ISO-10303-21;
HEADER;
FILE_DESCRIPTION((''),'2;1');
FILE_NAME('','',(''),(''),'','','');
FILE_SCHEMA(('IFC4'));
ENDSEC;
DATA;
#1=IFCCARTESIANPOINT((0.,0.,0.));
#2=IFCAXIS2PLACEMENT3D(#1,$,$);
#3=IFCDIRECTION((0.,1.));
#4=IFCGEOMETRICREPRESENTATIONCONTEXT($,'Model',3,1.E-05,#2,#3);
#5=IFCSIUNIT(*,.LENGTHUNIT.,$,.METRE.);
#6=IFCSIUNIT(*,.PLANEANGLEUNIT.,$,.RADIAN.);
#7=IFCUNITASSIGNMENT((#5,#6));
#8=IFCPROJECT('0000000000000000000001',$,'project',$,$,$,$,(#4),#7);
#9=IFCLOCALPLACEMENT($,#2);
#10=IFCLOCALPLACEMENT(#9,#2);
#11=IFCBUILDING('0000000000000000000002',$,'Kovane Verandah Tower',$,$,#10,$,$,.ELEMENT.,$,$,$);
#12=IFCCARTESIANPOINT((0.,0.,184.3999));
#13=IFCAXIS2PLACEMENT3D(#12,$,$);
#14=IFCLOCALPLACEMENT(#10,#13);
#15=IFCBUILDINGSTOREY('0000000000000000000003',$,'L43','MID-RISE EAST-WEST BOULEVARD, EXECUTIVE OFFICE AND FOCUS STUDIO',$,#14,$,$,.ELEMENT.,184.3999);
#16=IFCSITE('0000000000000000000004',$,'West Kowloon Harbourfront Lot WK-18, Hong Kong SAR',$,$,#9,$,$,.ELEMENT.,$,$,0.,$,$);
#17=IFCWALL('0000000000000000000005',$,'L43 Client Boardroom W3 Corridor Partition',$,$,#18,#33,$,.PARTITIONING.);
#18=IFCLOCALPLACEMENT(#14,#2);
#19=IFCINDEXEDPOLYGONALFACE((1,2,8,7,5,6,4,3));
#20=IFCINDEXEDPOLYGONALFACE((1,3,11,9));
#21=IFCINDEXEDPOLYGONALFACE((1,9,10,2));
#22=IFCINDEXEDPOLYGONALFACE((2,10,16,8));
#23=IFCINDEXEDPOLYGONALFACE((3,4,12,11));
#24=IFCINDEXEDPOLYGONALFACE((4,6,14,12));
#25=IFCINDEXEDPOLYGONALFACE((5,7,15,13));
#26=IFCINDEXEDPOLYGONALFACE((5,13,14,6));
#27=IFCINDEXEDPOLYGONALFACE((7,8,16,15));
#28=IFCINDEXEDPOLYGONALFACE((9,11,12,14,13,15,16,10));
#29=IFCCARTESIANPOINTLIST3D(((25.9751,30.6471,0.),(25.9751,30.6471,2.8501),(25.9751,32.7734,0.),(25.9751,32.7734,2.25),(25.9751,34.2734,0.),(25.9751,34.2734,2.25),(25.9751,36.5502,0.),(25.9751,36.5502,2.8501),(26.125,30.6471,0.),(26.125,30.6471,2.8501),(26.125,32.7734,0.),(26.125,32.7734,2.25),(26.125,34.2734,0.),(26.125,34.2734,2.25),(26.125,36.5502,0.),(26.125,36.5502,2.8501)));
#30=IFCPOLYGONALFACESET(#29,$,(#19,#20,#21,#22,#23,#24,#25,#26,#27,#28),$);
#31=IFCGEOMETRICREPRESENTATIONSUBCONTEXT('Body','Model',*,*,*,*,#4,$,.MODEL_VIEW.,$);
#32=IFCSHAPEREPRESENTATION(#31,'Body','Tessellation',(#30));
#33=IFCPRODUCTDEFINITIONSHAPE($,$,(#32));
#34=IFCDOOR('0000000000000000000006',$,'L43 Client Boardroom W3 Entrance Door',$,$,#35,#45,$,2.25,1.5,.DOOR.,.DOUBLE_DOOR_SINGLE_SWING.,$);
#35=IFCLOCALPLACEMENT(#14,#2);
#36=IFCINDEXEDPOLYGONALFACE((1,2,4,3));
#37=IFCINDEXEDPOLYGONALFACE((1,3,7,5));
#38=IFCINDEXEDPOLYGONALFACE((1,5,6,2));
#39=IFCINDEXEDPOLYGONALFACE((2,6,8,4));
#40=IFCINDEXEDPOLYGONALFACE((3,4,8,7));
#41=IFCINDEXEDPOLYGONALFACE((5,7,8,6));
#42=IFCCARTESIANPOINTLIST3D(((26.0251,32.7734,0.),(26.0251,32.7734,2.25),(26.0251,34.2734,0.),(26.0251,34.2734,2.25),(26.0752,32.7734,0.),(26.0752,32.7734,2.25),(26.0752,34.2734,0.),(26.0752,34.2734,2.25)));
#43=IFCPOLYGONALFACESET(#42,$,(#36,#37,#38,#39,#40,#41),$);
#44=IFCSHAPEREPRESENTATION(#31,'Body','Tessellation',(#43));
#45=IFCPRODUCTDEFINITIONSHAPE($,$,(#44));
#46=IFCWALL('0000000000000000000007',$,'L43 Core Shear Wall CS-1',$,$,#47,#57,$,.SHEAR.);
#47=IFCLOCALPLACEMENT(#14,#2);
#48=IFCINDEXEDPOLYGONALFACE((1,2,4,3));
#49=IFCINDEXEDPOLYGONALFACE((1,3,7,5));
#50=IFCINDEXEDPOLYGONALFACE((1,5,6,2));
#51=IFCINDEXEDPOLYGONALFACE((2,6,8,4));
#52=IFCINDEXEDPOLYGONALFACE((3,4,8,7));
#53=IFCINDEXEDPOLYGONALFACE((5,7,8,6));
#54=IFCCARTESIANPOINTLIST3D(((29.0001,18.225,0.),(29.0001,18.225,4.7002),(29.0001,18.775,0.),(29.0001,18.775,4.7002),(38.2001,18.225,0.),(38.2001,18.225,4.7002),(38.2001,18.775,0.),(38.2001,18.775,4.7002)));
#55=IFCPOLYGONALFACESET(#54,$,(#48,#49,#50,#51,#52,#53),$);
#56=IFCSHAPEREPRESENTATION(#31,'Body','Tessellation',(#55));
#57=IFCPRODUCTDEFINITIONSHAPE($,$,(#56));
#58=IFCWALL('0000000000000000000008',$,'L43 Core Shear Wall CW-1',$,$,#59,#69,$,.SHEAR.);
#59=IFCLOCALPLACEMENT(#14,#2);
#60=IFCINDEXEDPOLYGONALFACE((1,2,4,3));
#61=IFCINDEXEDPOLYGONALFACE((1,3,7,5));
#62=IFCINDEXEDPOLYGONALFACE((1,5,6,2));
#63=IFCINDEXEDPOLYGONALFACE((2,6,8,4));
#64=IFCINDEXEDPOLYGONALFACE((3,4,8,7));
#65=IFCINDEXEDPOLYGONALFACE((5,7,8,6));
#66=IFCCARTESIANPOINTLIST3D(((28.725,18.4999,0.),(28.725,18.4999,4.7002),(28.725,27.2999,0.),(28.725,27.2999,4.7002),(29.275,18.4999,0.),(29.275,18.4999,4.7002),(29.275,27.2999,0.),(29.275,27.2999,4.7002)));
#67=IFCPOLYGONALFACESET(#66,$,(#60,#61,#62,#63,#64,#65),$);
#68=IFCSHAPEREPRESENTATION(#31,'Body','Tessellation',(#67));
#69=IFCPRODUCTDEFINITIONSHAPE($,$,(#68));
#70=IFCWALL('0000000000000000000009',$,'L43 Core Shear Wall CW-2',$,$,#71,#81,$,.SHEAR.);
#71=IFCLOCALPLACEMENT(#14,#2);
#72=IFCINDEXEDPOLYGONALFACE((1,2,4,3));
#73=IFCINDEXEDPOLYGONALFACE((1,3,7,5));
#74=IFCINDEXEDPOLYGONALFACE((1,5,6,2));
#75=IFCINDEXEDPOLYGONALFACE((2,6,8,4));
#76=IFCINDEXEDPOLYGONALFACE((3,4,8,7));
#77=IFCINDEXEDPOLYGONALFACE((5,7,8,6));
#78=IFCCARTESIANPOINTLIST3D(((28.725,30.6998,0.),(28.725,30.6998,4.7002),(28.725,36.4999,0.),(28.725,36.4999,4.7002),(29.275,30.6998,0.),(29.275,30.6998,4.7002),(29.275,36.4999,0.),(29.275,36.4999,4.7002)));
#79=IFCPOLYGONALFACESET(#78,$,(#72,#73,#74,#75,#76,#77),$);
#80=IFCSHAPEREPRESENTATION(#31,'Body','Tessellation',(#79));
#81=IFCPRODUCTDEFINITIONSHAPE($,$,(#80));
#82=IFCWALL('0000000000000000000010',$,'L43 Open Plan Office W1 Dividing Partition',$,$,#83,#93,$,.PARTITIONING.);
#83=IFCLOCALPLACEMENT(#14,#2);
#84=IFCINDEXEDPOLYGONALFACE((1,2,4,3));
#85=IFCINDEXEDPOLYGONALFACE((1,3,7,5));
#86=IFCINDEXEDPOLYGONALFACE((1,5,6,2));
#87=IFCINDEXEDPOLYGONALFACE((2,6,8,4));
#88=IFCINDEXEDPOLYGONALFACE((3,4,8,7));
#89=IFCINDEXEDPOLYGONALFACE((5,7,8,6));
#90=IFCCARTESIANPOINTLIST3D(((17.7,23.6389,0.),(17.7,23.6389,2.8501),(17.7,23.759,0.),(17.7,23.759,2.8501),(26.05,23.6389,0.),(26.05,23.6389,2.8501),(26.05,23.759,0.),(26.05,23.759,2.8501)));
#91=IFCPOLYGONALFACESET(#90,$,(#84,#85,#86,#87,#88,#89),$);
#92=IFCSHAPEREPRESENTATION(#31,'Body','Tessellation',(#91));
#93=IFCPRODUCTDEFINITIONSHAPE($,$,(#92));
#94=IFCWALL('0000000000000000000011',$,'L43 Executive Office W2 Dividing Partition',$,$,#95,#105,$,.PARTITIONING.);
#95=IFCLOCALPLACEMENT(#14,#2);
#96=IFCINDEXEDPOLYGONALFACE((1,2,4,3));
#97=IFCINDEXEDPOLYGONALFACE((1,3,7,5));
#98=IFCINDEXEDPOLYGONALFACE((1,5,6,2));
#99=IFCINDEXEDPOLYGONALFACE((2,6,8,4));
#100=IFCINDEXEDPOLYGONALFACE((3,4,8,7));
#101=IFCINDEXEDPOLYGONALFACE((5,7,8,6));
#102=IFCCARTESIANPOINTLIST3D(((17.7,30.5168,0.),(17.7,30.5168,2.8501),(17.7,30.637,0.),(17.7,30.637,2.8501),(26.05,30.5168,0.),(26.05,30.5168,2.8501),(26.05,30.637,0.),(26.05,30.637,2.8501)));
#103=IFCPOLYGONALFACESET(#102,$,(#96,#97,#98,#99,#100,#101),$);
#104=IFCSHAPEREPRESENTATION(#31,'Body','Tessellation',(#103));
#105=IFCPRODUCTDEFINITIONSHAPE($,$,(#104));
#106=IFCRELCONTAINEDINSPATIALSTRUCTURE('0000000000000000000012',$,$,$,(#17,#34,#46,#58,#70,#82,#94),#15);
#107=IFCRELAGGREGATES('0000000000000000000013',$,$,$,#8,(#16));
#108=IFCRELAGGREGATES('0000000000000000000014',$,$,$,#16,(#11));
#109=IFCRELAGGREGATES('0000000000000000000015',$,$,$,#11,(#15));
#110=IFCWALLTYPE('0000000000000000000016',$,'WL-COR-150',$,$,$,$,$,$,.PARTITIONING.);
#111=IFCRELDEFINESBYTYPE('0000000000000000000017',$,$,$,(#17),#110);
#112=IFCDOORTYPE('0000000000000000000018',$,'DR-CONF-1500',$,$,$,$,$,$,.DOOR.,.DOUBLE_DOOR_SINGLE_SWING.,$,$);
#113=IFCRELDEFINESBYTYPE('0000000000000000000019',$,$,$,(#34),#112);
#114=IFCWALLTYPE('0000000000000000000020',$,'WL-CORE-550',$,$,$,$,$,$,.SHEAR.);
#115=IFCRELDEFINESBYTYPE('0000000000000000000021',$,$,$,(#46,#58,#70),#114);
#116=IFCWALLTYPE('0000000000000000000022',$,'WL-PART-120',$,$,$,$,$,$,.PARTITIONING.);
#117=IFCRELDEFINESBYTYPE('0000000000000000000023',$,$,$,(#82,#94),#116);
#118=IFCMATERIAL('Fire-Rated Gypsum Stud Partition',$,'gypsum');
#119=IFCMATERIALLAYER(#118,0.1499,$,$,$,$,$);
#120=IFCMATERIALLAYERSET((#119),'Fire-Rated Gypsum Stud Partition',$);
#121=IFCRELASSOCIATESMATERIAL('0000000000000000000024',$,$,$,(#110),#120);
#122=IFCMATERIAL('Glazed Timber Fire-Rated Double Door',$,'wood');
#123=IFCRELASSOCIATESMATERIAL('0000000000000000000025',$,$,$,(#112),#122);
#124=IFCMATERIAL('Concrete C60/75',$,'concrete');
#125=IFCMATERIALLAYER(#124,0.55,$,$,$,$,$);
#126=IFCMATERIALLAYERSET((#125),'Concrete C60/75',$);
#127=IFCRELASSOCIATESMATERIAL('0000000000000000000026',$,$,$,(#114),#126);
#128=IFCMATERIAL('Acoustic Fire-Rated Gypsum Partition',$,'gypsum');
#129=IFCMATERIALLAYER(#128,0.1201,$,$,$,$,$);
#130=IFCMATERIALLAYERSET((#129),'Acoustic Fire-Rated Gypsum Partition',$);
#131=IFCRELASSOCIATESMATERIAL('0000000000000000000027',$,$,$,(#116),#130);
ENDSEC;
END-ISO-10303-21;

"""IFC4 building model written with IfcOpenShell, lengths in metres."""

from ifc_helpers import new_model, si_unit, direction, frame, frame_2d, origin, place, context, subcontext, project, spatial, rectangle, extrude, material, layer, layer_set, type_object, element, fill, save


model = new_model("IFC4")

# Units and contexts
model_context = context("Model", 3, precision=1e-05, world=origin(), true_north=direction((0.0, 1.0)))
body_context = subcontext(model_context, "Body", "Model", "MODEL_VIEW")
ifc_project = project(units=[si_unit("LENGTHUNIT", "METRE"), si_unit("PLANEANGLEUNIT", "RADIAN")], contexts=[model_context])

# Site, building, storey
site_placement = place(None, origin())
site = spatial("IfcSite", under=ifc_project, at=site_placement, Name="West Kowloon Harbourfront Lot WK-18, Hong Kong SAR", CompositionType="ELEMENT", RefElevation=0.0)
building_placement = place(site_placement, origin())
building = spatial("IfcBuilding", under=site, at=building_placement, Name="Kovane Verandah Tower", CompositionType="ELEMENT")
storey_placement = place(building_placement, frame((0.0, 0.0, 184.3999)))
storey = spatial("IfcBuildingStorey", under=building, at=storey_placement, Name="L43", Description="MID-RISE EAST-WEST BOULEVARD, EXECUTIVE OFFICE AND FOCUS STUDIO", CompositionType="ELEMENT", Elevation=184.3999)

# Shared definitions
ifc_material_1 = material(Name="Concrete C60/75", Category="concrete")

# Wall, opening, door
ifc_material_2 = material(Name="Fire-Rated Gypsum Stud Partition", Category="gypsum")
ifc_layer_1 = layer(ifc_material_2, 0.1499)
ifc_layer_set_1 = layer_set([ifc_layer_1], Name="Fire-Rated Gypsum Stud Partition")
wall_type_1 = type_object("IfcWallType", Name="WL-COR-150", PredefinedType="PARTITIONING", material=ifc_layer_set_1)
wall_1_placement = place(storey_placement, frame((26.05, 30.647, 0.0), z_axis=(0.0, 0.0, 1.0), x_axis=(0.0, 1.0, 0.0)))
wall_1 = element("IfcWall", 1, at=wall_1_placement, inside=storey, type_object=wall_type_1, Name="L43 Client Boardroom W3 Corridor Partition", PredefinedType="PARTITIONING", context=body_context, shape_type="SweptSolid", body=[
    extrude(rectangle(XDim=5.9031, YDim=0.1499, at=frame_2d((2.9517, 0.0))), origin(), (0.0, 0.0, 1.0), 2.8501),
])
opening_1_placement = place(wall_1_placement, frame((2.1265, 0.0, 0.0)))
opening_1 = element("IfcOpeningElement", 2, at=opening_1_placement, cuts=wall_1, PredefinedType="OPENING", context=body_context, shape_type="SweptSolid", body=[
    extrude(rectangle(XDim=1.5, YDim=2.25, at=frame_2d((0.75, 1.125))), frame((0.0, 0.075, 0.0), z_axis=(0.0, -1.0, 0.0), x_axis=(1.0, 0.0, 0.0)), (0.0, 0.0, 1.0), 0.1499),
])
ifc_material_3 = material(Name="Glazed Timber Fire-Rated Double Door", Category="wood")
door_type_1 = type_object("IfcDoorType", Name="DR-CONF-1500", OperationType="DOUBLE_DOOR_SINGLE_SWING", PredefinedType="DOOR", material=ifc_material_3)
door_1_placement = place(opening_1_placement, origin())
door_1 = element("IfcDoor", 3, at=door_1_placement, inside=storey, type_object=door_type_1, Name="L43 Client Boardroom W3 Entrance Door", OperationType="DOUBLE_DOOR_SINGLE_SWING", OverallHeight=2.25, OverallWidth=1.5, PredefinedType="DOOR", context=body_context, shape_type="SweptSolid", body=[
    extrude(rectangle(XDim=1.5, YDim=2.25, at=frame_2d((0.75, 1.125))), frame((0.0, 0.0249, 0.0), z_axis=(0.0, -1.0, 0.0), x_axis=(1.0, 0.0, 0.0)), (0.0, 0.0, 1.0), 0.05),
])
fill(opening_1, door_1)

# Walls
ifc_layer_2 = layer(ifc_material_1, 0.55)
ifc_layer_set_2 = layer_set([ifc_layer_2], Name="Concrete C60/75")
wall_type_2 = type_object("IfcWallType", Name="WL-CORE-550", PredefinedType="SHEAR", material=ifc_layer_set_2)
wall_2_placement = place(storey_placement, frame((29.0, 18.5, 0.0), z_axis=(0.0, 0.0, 1.0), x_axis=(1.0, 0.0, 0.0)))
element("IfcWall", 4, at=wall_2_placement, inside=storey, type_object=wall_type_2, Name="L43 Core Shear Wall CS-1", PredefinedType="SHEAR", context=body_context, shape_type="SweptSolid", body=[
    extrude(rectangle(XDim=9.2, YDim=0.55, at=frame_2d((4.6001, 0.0))), origin(), (0.0, 0.0, 1.0), 4.7002),
])
wall_3_placement = place(storey_placement, frame((29.0, 18.5, 0.0), z_axis=(0.0, 0.0, 1.0), x_axis=(0.0, 1.0, 0.0)))
element("IfcWall", 5, at=wall_3_placement, inside=storey, type_object=wall_type_2, Name="L43 Core Shear Wall CW-1", PredefinedType="SHEAR", context=body_context, shape_type="SweptSolid", body=[
    extrude(rectangle(XDim=8.8, YDim=0.55, at=frame_2d((4.3999, 0.0))), origin(), (0.0, 0.0, 1.0), 4.7002),
])
wall_4_placement = place(storey_placement, frame((29.0, 30.7, 0.0), z_axis=(0.0, 0.0, 1.0), x_axis=(0.0, 1.0, 0.0)))
element("IfcWall", 6, at=wall_4_placement, inside=storey, type_object=wall_type_2, Name="L43 Core Shear Wall CW-2", PredefinedType="SHEAR", context=body_context, shape_type="SweptSolid", body=[
    extrude(rectangle(XDim=5.8, YDim=0.55, at=frame_2d((2.8999, 0.0))), origin(), (0.0, 0.0, 1.0), 4.7002),
])

# Walls
ifc_material_4 = material(Name="Acoustic Fire-Rated Gypsum Partition", Category="gypsum")
ifc_layer_3 = layer(ifc_material_4, 0.1201)
ifc_layer_set_3 = layer_set([ifc_layer_3], Name="Acoustic Fire-Rated Gypsum Partition")
wall_type_3 = type_object("IfcWallType", Name="WL-PART-120", PredefinedType="PARTITIONING", material=ifc_layer_set_3)
for number, where, z_axis, x_axis, name in (
    (7, (17.7, 23.699, 0.0), (0.0, 0.0, 1.0), (1.0, 0.0, 0.0), "L43 Open Plan Office W1 Dividing Partition"),
    (8, (17.7, 30.5769, 0.0), (0.0, 0.0, 1.0), (1.0, 0.0, 0.0), "L43 Executive Office W2 Dividing Partition"),
):
    element("IfcWall", number, at=place(storey_placement, frame(where, z_axis=z_axis, x_axis=x_axis)), inside=storey, type_object=wall_type_3, Name=name, PredefinedType="PARTITIONING", context=body_context, shape_type="SweptSolid", body=[
        extrude(rectangle(XDim=8.3501, YDim=0.1201, at=frame_2d((4.175, 0.0))), origin(), (0.0, 0.0, 1.0), 2.8501),
    ])

save(model, "model.ifc")
